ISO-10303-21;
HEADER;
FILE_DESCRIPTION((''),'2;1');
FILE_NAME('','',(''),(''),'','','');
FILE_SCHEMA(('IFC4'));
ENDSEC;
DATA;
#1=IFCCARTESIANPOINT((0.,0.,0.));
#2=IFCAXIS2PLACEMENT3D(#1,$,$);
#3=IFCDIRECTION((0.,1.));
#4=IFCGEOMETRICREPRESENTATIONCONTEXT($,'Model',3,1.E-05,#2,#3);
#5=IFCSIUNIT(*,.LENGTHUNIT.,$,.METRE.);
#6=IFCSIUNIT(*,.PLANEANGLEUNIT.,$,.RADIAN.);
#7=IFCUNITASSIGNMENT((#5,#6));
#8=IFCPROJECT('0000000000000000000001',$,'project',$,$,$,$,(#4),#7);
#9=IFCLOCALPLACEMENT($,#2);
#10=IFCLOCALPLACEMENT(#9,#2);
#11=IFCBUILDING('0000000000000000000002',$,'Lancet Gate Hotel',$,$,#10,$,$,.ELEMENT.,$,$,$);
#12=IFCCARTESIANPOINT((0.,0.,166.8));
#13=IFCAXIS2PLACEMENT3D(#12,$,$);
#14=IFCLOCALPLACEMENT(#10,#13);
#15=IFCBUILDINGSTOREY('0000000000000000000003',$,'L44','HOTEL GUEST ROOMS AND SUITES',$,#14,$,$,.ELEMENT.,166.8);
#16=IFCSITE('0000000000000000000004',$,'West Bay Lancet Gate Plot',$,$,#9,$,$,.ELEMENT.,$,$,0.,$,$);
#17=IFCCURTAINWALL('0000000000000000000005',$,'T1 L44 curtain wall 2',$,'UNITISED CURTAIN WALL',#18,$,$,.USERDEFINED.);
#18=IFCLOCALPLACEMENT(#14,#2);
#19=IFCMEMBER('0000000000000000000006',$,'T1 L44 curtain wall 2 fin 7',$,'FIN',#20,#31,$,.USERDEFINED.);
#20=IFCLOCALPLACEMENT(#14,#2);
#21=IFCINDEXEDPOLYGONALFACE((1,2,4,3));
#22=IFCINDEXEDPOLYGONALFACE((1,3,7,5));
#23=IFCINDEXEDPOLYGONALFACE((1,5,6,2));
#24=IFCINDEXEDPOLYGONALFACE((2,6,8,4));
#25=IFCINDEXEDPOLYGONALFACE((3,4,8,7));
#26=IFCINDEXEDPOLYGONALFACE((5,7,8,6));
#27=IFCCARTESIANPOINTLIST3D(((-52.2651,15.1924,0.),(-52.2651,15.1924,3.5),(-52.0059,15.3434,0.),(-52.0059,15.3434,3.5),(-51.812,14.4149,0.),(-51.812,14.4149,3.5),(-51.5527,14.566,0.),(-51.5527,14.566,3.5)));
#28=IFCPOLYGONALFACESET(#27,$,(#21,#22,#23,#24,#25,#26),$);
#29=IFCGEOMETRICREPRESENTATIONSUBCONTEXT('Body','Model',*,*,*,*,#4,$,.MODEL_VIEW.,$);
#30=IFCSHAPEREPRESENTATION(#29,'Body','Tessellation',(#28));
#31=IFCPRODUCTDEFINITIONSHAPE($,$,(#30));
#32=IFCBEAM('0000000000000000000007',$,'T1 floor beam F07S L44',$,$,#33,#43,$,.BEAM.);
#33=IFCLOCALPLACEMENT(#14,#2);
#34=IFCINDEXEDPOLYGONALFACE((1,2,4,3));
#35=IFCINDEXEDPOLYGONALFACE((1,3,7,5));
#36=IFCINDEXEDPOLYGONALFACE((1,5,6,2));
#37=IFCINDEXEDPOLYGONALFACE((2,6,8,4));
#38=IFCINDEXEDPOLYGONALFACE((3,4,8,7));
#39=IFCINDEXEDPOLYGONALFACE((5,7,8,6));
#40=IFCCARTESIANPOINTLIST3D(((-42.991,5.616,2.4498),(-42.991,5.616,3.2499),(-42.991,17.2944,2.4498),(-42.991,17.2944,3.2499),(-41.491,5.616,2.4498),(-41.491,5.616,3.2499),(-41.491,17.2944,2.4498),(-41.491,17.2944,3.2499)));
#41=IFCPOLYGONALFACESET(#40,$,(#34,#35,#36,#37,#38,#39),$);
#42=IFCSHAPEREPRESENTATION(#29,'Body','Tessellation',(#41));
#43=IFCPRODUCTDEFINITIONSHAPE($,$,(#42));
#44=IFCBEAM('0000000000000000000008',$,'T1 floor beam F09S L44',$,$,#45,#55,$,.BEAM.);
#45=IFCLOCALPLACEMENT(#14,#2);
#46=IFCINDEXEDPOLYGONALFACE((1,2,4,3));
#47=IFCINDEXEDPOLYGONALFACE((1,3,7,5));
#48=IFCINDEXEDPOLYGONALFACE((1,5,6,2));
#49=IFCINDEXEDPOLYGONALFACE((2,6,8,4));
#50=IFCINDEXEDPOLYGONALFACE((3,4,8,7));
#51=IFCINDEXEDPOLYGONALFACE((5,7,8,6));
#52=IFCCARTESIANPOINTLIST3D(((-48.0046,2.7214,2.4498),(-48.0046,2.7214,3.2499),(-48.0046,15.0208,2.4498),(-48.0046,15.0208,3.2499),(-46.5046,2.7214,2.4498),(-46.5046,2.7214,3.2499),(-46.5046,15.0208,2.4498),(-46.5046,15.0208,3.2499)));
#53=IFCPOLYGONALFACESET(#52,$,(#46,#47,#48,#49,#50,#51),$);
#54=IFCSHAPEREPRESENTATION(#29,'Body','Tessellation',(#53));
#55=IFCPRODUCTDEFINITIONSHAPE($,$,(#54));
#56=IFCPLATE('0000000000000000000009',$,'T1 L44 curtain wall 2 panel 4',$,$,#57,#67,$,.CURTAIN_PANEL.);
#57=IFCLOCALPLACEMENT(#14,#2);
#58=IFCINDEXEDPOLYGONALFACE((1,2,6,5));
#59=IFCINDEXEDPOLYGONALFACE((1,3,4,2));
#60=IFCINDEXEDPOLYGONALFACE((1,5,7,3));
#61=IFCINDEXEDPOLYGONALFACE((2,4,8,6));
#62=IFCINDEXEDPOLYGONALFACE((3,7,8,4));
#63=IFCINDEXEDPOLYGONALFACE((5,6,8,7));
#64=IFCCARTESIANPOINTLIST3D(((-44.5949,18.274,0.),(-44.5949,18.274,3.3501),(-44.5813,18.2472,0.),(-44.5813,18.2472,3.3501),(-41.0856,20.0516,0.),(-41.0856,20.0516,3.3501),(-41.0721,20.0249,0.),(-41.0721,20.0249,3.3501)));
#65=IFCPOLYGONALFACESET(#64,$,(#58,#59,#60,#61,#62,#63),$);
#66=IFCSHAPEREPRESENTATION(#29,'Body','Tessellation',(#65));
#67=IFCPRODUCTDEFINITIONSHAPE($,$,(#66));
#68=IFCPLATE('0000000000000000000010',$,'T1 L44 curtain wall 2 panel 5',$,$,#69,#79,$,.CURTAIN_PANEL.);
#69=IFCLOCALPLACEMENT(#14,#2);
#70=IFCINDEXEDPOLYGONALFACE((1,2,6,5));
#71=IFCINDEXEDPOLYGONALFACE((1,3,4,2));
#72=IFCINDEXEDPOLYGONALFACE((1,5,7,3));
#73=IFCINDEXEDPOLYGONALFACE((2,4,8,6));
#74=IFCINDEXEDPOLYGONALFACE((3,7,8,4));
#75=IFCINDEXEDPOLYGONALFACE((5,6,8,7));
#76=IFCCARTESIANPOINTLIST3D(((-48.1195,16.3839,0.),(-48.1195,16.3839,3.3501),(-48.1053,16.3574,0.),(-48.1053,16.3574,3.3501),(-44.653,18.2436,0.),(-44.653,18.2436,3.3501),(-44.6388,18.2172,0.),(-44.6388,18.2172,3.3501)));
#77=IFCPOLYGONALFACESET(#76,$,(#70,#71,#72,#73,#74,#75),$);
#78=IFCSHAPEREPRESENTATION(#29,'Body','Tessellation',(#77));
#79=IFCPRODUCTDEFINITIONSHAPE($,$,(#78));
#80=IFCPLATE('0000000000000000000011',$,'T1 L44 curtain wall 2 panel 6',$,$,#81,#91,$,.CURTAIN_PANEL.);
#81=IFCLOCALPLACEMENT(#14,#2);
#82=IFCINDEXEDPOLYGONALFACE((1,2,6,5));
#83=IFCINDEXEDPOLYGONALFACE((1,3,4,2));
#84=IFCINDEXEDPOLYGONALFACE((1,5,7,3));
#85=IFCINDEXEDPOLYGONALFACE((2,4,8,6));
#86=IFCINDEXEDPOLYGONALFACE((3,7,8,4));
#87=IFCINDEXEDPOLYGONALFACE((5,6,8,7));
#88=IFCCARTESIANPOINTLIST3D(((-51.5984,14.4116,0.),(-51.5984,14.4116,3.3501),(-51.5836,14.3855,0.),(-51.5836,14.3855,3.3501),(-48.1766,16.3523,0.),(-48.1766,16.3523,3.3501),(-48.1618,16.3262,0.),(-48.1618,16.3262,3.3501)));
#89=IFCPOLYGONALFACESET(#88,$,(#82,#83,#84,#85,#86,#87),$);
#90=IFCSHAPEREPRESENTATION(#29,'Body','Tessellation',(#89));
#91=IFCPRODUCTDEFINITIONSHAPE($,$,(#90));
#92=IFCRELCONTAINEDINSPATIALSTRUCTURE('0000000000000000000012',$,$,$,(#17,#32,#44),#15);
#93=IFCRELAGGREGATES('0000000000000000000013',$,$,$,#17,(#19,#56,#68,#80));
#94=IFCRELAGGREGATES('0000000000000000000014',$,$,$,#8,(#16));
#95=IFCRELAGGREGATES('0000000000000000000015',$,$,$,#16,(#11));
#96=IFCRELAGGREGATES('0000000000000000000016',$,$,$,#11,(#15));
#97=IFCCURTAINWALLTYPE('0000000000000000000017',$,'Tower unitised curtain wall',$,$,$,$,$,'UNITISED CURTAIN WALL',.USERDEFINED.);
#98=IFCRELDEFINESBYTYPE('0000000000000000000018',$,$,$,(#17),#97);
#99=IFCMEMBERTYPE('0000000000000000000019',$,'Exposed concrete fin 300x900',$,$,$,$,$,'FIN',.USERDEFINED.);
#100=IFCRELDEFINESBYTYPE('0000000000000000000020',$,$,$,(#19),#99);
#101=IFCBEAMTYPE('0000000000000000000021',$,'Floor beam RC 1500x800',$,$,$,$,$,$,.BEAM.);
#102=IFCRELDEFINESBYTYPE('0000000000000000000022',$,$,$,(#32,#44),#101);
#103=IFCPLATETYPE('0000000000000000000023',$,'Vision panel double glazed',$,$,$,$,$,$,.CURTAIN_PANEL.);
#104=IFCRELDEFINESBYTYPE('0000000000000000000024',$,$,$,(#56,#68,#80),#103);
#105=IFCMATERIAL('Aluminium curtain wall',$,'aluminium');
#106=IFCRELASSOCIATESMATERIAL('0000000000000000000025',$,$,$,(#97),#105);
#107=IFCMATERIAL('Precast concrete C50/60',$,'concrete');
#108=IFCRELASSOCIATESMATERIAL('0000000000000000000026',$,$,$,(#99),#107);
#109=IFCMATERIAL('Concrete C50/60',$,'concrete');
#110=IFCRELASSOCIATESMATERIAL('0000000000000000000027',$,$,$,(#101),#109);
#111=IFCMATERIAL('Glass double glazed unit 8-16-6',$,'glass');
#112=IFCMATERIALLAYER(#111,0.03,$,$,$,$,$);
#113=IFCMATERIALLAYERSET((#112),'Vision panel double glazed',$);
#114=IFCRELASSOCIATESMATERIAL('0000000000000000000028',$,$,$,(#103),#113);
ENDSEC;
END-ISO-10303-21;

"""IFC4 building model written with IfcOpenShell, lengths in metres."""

from ifc_helpers import new_model, si_unit, direction, frame, origin, origin_2d, place, context, subcontext, project, spatial, rectangle, extrude, material, layer, layer_set, material_profile, profile_set, type_object, element, aggregate, save


model = new_model("IFC4")

# Units and contexts
model_context = context("Model", 3, precision=1e-05, world=origin(), true_north=direction((0.0, 1.0)))
body_context = subcontext(model_context, "Body", "Model", "MODEL_VIEW")
ifc_project = project(units=[si_unit("LENGTHUNIT", "METRE"), si_unit("PLANEANGLEUNIT", "RADIAN")], contexts=[model_context])

# Site, building, storey
site_placement = place(None, origin())
site = spatial("IfcSite", under=ifc_project, at=site_placement, Name="West Bay Lancet Gate Plot", CompositionType="ELEMENT", RefElevation=0.0)
building_placement = place(site_placement, origin())
building = spatial("IfcBuilding", under=site, at=building_placement, Name="Lancet Gate Hotel", CompositionType="ELEMENT")
storey_placement = place(building_placement, frame((0.0, 0.0, 166.8)))
storey = spatial("IfcBuildingStorey", under=building, at=storey_placement, Name="L44", Description="HOTEL GUEST ROOMS AND SUITES", CompositionType="ELEMENT", Elevation=166.8)

# Curtain wall
ifc_material_1 = material(Name="Aluminium curtain wall", Category="aluminium")
curtain_wall_type = type_object("IfcCurtainWallType", Name="Tower unitised curtain wall", ElementType="UNITISED CURTAIN WALL", PredefinedType="USERDEFINED", material=ifc_material_1)
curtain_wall_placement = place(storey_placement, origin())
curtain_wall = element("IfcCurtainWall", 1, at=curtain_wall_placement, inside=storey, type_object=curtain_wall_type, Name="T1 L44 curtain wall 2", ObjectType="UNITISED CURTAIN WALL", PredefinedType="USERDEFINED")

# Member
ifc_material_2 = material(Name="Precast concrete C50/60", Category="concrete")
ifc_material_profile_1 = material_profile(ifc_material_2, rectangle(XDim=0.3, YDim=0.8999, at=origin_2d()), Name="FIN 300x900")
ifc_profile_set_1 = profile_set([ifc_material_profile_1], Name="Precast concrete C50/60")
member_type_1 = type_object("IfcMemberType", Name="Exposed concrete fin 300x900", ElementType="FIN", PredefinedType="USERDEFINED", material=ifc_profile_set_1)
member_1_placement = place(storey_placement, frame((-51.9089, 14.8792, 0.0), z_axis=(0.0, 0.0, 1.0), x_axis=(-0.863969, -0.503545, 0.0)))
member_1 = element("IfcMember", 2, at=member_1_placement, type_object=member_type_1, Name="T1 L44 curtain wall 2 fin 7", ObjectType="FIN", PredefinedType="USERDEFINED", context=body_context, shape_type="SweptSolid", body=[
    extrude(rectangle(XDim=0.3, YDim=0.8999, at=origin_2d()), origin(), (0.0, 0.0, 1.0), 3.5),
])

# Beams
ifc_material_3 = material(Name="Concrete C50/60", Category="concrete")
ifc_material_profile_2 = material_profile(ifc_material_3, rectangle(XDim=1.5, YDim=0.8, at=origin_2d()), Name="RC 1500x800")
ifc_profile_set_2 = profile_set([ifc_material_profile_2], Name="Concrete C50/60")
beam_type_1 = type_object("IfcBeamType", Name="Floor beam RC 1500x800", PredefinedType="BEAM", material=ifc_profile_set_2)
beam_1_placement = place(storey_placement, frame((-42.241, 17.2944, 2.8499), z_axis=(0.0, -1.0, 0.0), x_axis=(1.0, 0.0, 0.0)))
element("IfcBeam", 3, at=beam_1_placement, inside=storey, type_object=beam_type_1, Name="T1 floor beam F07S L44", PredefinedType="BEAM", context=body_context, shape_type="SweptSolid", body=[
    extrude(rectangle(XDim=1.5, YDim=0.8, at=origin_2d()), origin(), (0.0, 0.0, 1.0), 11.6785),
])
beam_2_placement = place(storey_placement, frame((-47.2546, 15.0208, 2.8499), z_axis=(0.0, -1.0, 0.0), x_axis=(1.0, 0.0, 0.0)))
element("IfcBeam", 4, at=beam_2_placement, inside=storey, type_object=beam_type_1, Name="T1 floor beam F09S L44", PredefinedType="BEAM", context=body_context, shape_type="SweptSolid", body=[
    extrude(rectangle(XDim=1.5, YDim=0.8, at=origin_2d()), origin(), (0.0, 0.0, 1.0), 12.2993),
])

# Plates
ifc_material_4 = material(Name="Glass double glazed unit 8-16-6", Category="glass")
ifc_layer = layer(ifc_material_4, 0.03)
ifc_layer_set = layer_set([ifc_layer], Name="Vision panel double glazed")
plate_type = type_object("IfcPlateType", Name="Vision panel double glazed", PredefinedType="CURTAIN_PANEL", material=ifc_layer_set)
plate_1_placement = place(storey_placement, frame((-42.8335, 19.1494, 0.0), z_axis=(0.0, 0.0, 1.0), x_axis=(-0.892071, -0.451895, 0.0)))
plate_1 = element("IfcPlate", 5, at=plate_1_placement, type_object=plate_type, Name="T1 L44 curtain wall 2 panel 4", PredefinedType="CURTAIN_PANEL", context=body_context, shape_type="SweptSolid", body=[
    extrude(rectangle(XDim=3.9338, YDim=0.03, at=origin_2d()), origin(), (0.0, 0.0, 1.0), 3.3501),
])
plate_2_placement = place(storey_placement, frame((-46.3792, 17.3005, 0.0), z_axis=(0.0, 0.0, 1.0), x_axis=(-0.881195, -0.472753, 0.0)))
plate_2 = element("IfcPlate", 6, at=plate_2_placement, type_object=plate_type, Name="T1 L44 curtain wall 2 panel 5", PredefinedType="CURTAIN_PANEL", context=body_context, shape_type="SweptSolid", body=[
    extrude(rectangle(XDim=3.9338, YDim=0.03, at=origin_2d()), origin(), (0.0, 0.0, 1.0), 3.3501),
])
plate_3_placement = place(storey_placement, frame((-49.8801, 15.3689, 0.0), z_axis=(0.0, 0.0, 1.0), x_axis=(-0.869831, -0.493349, 0.0)))
plate_3 = element("IfcPlate", 7, at=plate_3_placement, type_object=plate_type, Name="T1 L44 curtain wall 2 panel 6", PredefinedType="CURTAIN_PANEL", context=body_context, shape_type="SweptSolid", body=[
    extrude(rectangle(XDim=3.9338, YDim=0.03, at=origin_2d()), origin(), (0.0, 0.0, 1.0), 3.3501),
])
aggregate(curtain_wall, [member_1, plate_1, plate_2, plate_3])

save(model, "model.ifc")
